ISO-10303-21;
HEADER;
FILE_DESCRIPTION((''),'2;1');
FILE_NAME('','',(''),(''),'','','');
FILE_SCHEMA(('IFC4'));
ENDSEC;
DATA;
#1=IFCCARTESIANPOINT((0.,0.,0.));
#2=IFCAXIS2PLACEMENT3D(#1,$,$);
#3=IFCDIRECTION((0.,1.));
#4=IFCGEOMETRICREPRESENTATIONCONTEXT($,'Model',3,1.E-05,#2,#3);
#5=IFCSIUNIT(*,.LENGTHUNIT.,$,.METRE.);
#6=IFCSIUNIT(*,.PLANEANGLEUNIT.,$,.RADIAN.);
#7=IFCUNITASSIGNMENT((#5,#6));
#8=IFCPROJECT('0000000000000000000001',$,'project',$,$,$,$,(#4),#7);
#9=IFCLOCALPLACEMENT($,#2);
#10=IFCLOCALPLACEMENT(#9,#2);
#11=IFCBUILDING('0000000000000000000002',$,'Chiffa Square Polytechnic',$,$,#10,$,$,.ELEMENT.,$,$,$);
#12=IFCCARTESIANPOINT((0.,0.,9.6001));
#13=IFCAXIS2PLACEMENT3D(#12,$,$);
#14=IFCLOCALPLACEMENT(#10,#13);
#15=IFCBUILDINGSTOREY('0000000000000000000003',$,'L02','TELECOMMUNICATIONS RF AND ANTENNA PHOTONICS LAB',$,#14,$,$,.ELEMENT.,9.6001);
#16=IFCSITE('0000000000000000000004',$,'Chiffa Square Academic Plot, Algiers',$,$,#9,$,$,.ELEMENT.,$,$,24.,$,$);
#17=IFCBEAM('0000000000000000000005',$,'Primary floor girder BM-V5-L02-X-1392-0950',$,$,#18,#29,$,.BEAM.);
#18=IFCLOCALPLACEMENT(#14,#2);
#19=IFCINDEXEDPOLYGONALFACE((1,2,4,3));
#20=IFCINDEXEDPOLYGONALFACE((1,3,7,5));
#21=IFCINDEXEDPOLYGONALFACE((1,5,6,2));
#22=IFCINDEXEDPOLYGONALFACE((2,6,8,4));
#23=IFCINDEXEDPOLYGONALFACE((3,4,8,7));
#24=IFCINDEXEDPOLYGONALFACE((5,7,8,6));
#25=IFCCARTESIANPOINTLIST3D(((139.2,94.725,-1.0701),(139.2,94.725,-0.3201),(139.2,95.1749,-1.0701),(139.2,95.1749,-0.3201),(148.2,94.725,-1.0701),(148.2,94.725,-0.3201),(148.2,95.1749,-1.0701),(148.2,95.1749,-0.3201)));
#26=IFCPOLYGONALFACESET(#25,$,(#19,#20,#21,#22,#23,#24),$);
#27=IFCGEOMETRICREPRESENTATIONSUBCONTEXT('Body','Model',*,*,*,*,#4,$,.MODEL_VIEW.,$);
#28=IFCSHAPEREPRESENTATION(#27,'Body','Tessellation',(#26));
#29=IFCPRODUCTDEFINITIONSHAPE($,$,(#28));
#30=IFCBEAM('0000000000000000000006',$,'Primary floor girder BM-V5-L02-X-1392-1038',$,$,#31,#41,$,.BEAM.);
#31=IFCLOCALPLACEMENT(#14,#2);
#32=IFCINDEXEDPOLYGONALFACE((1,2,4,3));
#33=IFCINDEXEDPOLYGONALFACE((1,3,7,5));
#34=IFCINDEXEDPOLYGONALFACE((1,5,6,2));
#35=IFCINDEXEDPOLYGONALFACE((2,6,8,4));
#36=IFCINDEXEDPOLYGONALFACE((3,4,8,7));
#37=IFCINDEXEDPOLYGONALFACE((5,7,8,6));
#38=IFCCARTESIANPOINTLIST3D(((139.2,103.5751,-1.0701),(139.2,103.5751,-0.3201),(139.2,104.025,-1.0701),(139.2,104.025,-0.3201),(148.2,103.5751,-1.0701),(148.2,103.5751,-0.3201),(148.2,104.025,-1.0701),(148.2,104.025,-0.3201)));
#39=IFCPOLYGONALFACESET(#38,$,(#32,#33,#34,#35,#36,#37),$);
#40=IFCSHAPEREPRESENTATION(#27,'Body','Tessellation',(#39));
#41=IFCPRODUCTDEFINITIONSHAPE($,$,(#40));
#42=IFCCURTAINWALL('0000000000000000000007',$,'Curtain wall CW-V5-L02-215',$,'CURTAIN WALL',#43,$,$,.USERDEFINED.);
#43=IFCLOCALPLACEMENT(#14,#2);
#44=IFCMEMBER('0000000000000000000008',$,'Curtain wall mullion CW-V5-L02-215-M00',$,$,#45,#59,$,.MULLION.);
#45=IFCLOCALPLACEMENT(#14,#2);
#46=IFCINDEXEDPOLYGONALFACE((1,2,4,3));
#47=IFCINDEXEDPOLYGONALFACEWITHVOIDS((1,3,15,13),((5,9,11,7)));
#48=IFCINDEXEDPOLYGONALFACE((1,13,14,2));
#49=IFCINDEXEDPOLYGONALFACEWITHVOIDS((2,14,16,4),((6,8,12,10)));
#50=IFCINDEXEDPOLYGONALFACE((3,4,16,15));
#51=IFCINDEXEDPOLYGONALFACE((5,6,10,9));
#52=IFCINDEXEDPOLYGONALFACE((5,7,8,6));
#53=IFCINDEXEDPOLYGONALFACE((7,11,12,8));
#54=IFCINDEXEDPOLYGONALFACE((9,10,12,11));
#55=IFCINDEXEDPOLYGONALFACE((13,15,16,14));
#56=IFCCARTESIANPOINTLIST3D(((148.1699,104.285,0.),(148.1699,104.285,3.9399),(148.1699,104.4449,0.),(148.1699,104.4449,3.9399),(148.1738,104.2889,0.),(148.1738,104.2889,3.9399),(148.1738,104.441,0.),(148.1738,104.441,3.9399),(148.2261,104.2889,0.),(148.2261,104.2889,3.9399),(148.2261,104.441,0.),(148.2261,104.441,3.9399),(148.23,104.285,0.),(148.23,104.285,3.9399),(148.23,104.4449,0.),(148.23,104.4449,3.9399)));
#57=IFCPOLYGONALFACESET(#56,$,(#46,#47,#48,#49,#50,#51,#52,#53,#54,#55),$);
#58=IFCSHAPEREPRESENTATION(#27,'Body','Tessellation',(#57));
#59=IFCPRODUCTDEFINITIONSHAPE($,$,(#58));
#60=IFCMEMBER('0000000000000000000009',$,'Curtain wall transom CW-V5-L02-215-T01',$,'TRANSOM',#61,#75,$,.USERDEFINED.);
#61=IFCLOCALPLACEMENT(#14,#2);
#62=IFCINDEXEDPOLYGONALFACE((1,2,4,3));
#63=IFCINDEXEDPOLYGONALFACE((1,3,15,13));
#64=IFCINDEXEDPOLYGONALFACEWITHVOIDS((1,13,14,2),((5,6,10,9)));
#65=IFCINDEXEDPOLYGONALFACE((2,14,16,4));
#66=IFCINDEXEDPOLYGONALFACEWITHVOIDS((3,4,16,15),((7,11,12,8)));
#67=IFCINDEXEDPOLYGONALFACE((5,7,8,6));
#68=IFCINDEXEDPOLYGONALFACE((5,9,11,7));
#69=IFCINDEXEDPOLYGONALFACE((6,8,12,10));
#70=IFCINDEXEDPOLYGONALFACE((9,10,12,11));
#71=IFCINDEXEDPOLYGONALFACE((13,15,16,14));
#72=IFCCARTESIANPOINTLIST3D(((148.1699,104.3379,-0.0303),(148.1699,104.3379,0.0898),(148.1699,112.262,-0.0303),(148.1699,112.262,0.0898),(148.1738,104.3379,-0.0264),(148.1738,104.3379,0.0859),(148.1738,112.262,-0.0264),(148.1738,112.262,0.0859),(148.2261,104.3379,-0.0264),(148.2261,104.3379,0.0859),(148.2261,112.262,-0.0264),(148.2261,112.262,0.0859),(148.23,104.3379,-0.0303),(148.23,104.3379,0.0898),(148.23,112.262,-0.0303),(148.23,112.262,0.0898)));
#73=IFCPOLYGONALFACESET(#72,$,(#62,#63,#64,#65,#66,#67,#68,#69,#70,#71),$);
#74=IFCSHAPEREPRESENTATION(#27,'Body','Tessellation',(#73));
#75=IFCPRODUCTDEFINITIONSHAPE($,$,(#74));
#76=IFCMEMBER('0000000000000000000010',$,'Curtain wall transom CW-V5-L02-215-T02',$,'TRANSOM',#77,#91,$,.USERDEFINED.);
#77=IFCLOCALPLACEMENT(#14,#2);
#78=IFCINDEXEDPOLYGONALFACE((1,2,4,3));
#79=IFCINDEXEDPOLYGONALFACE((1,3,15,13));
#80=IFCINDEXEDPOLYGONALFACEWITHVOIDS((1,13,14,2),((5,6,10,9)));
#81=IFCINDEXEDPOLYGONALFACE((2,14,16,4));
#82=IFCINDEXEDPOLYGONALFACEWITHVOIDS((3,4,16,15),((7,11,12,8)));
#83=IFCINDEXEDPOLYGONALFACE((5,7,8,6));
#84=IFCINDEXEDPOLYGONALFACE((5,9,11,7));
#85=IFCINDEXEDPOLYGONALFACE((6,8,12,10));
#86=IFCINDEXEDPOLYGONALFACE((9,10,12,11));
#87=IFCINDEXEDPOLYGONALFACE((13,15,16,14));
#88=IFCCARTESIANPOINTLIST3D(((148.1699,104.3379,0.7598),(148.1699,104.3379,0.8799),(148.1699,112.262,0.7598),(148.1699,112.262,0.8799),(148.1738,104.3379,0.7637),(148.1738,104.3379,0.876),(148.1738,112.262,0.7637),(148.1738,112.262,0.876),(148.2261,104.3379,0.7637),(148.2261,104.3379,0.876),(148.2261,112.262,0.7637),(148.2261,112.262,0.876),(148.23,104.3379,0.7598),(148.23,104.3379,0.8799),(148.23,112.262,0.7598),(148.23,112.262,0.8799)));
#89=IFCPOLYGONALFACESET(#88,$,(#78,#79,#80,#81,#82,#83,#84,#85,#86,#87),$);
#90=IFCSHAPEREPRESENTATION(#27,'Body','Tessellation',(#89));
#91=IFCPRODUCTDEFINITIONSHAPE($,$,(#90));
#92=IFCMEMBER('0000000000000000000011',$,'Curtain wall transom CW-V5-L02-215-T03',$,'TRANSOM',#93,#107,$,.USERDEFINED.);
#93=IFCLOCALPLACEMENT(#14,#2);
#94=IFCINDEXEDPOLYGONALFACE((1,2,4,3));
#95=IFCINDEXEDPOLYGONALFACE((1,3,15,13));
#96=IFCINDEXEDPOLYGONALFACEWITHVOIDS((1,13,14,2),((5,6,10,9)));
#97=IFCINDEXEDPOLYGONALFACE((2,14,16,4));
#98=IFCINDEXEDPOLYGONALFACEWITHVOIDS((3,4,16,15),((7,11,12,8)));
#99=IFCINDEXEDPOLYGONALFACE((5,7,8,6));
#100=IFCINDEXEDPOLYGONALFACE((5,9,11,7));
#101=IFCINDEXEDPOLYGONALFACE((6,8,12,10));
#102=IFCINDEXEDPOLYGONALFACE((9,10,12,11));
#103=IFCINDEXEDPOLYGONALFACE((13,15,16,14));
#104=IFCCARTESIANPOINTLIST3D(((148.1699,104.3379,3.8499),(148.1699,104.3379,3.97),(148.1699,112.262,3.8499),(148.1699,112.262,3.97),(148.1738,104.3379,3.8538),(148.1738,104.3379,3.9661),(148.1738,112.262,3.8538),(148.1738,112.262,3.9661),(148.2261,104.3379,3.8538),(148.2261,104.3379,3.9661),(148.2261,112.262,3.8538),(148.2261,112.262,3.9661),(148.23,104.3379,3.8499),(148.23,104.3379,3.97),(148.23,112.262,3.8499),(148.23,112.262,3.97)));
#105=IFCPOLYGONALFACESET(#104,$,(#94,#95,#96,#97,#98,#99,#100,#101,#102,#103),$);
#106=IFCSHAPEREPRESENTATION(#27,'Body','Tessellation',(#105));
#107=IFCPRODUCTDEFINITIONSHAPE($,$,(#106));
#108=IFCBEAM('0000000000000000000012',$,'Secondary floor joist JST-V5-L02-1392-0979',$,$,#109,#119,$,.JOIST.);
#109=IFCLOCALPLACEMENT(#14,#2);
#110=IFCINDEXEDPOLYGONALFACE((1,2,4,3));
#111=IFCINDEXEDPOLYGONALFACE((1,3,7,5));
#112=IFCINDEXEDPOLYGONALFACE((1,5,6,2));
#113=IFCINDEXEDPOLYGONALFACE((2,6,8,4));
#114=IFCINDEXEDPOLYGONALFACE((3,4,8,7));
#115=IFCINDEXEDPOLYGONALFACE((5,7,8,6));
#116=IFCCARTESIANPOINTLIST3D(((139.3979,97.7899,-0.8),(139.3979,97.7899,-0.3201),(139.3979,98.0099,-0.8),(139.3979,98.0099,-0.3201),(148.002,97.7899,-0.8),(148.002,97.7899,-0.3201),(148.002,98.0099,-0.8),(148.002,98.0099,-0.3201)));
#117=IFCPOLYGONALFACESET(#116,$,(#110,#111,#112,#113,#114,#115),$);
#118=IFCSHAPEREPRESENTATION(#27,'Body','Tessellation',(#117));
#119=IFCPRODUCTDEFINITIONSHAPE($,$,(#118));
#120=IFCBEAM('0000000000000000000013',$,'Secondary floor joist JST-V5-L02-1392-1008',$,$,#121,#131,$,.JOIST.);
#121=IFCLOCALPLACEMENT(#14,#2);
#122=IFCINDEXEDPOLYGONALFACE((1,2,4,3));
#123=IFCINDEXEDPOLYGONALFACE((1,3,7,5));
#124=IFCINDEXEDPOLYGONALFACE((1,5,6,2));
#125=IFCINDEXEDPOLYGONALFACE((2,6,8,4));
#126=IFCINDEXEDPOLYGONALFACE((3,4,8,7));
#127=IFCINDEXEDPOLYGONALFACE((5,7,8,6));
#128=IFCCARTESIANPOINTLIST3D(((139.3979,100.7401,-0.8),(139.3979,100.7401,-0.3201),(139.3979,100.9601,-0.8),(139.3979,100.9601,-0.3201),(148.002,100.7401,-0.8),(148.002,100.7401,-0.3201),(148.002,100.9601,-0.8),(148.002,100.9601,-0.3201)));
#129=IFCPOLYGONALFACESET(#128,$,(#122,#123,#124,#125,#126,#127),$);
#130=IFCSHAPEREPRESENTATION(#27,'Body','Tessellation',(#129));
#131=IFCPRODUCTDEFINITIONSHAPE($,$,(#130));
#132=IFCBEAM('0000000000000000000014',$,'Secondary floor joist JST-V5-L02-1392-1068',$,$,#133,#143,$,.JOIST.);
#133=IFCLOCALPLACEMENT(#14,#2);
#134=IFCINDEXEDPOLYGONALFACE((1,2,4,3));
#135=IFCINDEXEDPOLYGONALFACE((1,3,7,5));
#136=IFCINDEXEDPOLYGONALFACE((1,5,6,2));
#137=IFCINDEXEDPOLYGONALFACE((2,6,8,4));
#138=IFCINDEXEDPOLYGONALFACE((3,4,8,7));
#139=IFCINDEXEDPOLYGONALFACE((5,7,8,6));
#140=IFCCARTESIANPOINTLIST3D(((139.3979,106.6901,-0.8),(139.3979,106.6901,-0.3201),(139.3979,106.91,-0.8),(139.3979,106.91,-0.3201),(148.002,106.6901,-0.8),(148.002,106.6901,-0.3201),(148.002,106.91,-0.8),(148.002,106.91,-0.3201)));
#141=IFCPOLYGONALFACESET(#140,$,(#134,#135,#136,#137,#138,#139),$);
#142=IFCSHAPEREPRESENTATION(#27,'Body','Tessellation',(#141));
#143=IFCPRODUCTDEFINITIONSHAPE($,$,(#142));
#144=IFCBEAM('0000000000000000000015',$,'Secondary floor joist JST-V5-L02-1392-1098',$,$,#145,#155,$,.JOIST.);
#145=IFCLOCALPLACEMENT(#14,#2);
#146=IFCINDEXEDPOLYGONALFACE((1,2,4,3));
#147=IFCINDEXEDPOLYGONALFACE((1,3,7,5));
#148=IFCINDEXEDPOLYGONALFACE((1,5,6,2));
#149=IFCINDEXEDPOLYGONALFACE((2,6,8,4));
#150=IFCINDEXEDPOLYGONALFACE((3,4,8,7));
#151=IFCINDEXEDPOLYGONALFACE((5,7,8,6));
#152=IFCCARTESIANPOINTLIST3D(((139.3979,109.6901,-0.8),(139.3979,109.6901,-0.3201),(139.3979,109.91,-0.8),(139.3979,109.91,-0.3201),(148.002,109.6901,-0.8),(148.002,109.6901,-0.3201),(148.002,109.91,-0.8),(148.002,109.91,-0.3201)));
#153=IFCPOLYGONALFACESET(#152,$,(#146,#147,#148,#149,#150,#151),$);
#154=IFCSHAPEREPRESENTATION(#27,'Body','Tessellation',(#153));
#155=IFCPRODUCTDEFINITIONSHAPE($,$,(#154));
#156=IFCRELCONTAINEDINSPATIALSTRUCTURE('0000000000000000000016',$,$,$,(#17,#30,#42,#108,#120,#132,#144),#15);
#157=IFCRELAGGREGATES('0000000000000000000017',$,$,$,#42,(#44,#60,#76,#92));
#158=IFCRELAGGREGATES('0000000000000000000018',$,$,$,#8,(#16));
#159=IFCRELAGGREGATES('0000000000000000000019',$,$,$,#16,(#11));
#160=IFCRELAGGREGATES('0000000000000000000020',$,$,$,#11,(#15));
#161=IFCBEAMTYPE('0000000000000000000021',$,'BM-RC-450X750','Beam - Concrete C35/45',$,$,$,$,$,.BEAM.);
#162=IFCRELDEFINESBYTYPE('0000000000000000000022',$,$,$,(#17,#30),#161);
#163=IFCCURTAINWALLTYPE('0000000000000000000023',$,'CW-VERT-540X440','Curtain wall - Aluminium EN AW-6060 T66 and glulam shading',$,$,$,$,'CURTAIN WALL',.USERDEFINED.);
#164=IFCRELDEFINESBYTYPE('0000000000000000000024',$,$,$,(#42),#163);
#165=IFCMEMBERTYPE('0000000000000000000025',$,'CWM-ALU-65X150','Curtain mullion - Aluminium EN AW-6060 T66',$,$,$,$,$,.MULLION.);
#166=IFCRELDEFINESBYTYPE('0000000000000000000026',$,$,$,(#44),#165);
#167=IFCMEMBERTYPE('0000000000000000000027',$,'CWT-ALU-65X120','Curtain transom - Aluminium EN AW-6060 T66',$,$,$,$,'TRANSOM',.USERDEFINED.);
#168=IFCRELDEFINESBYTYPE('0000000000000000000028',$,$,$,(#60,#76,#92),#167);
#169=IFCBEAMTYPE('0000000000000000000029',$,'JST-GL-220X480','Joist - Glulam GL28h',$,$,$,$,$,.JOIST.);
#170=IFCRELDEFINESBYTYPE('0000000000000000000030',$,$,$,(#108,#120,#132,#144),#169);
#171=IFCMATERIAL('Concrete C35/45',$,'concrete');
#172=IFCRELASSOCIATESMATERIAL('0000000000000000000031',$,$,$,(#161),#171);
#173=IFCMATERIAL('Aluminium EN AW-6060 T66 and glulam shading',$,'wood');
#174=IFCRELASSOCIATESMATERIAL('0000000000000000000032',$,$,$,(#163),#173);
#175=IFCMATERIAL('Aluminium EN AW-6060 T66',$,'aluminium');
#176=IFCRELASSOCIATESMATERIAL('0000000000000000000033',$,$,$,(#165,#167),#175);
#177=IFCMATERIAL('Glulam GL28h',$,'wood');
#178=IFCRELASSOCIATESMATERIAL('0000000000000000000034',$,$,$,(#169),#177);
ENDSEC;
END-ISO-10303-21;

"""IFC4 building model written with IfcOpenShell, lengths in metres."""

from ifc_helpers import new_model, si_unit, direction, frame, origin, origin_2d, place, context, subcontext, project, spatial, rectangle, hollow_rectangle, extrude, material, material_profile, profile_set, type_object, element, aggregate, save


model = new_model("IFC4")

# Units and contexts
model_context = context("Model", 3, precision=1e-05, world=origin(), true_north=direction((0.0, 1.0)))
body_context = subcontext(model_context, "Body", "Model", "MODEL_VIEW")
ifc_project = project(units=[si_unit("LENGTHUNIT", "METRE"), si_unit("PLANEANGLEUNIT", "RADIAN")], contexts=[model_context])

# Site, building, storey
site_placement = place(None, origin())
site = spatial("IfcSite", under=ifc_project, at=site_placement, Name="Chiffa Square Academic Plot, Algiers", CompositionType="ELEMENT", RefElevation=24.0)
building_placement = place(site_placement, origin())
building = spatial("IfcBuilding", under=site, at=building_placement, Name="Chiffa Square Polytechnic", CompositionType="ELEMENT")
storey_placement = place(building_placement, frame((0.0, 0.0, 9.6001)))
storey = spatial("IfcBuildingStorey", under=building, at=storey_placement, Name="L02", Description="TELECOMMUNICATIONS RF AND ANTENNA PHOTONICS LAB", CompositionType="ELEMENT", Elevation=9.6001)

# Shared definitions
ifc_material_1 = material(Name="Concrete C35/45", Category="concrete")

# Beams
ifc_material_profile_1 = material_profile(ifc_material_1, rectangle(XDim=0.45, YDim=0.75, at=origin_2d()), Name="RC 450x750")
ifc_profile_set_1 = profile_set([ifc_material_profile_1], Name="Concrete C35/45")
beam_type_1 = type_object("IfcBeamType", Name="BM-RC-450X750", Description="Beam - Concrete C35/45", PredefinedType="BEAM", material=ifc_profile_set_1)
for number, where, z_axis, x_axis, name in (
    (1, (139.2, 94.95, -0.6951), (1.0, 0.0, 0.0), (0.0, 1.0, 0.0), "Primary floor girder BM-V5-L02-X-1392-0950"),
    (2, (139.2, 103.8, -0.6951), (1.0, 0.0, 0.0), (0.0, 1.0, 0.0), "Primary floor girder BM-V5-L02-X-1392-1038"),
):
    element("IfcBeam", number, at=place(storey_placement, frame(where, z_axis=z_axis, x_axis=x_axis)), inside=storey, type_object=beam_type_1, Name=name, PredefinedType="BEAM", context=body_context, shape_type="SweptSolid", body=[
        extrude(rectangle(XDim=0.45, YDim=0.75, at=origin_2d()), origin(), (0.0, 0.0, 1.0), 9.0),
    ])

# Curtain wall, members
ifc_material_2 = material(Name="Aluminium EN AW-6060 T66 and glulam shading", Category="wood")
curtain_wall_type = type_object("IfcCurtainWallType", Name="CW-VERT-540X440", Description="Curtain wall - Aluminium EN AW-6060 T66 and glulam shading", ElementType="CURTAIN WALL", PredefinedType="USERDEFINED", material=ifc_material_2)
curtain_wall_placement = place(storey_placement, origin())
curtain_wall = element("IfcCurtainWall", 3, at=curtain_wall_placement, inside=storey, type_object=curtain_wall_type, Name="Curtain wall CW-V5-L02-215", ObjectType="CURTAIN WALL", PredefinedType="USERDEFINED")
ifc_material_3 = material(Name="Aluminium EN AW-6060 T66", Category="aluminium")
ifc_material_profile_2 = material_profile(ifc_material_3, hollow_rectangle(XDim=0.0601, YDim=0.1599, WallThickness=0.0039, at=origin_2d()), Name="ALU 60x160x4")
ifc_profile_set_2 = profile_set([ifc_material_profile_2], Name="Aluminium EN AW-6060 T66")
member_type_1 = type_object("IfcMemberType", Name="CWM-ALU-65X150", Description="Curtain mullion - Aluminium EN AW-6060 T66", PredefinedType="MULLION", material=ifc_profile_set_2)
member_1_placement = place(storey_placement, frame((148.2, 104.365, 0.0), z_axis=(0.0, 0.0, 1.0), x_axis=(1.0, 0.0, 0.0)))
member_1 = element("IfcMember", 4, at=member_1_placement, type_object=member_type_1, Name="Curtain wall mullion CW-V5-L02-215-M00", PredefinedType="MULLION", context=body_context, shape_type="SweptSolid", body=[
    extrude(hollow_rectangle(XDim=0.0601, YDim=0.1599, WallThickness=0.0039, at=origin_2d()), origin(), (0.0, 0.0, 1.0), 3.9399),
])
ifc_material_profile_3 = material_profile(ifc_material_3, hollow_rectangle(XDim=0.0601, YDim=0.1201, WallThickness=0.0039, at=origin_2d()), Name="ALU 60x120x4")
ifc_profile_set_3 = profile_set([ifc_material_profile_3], Name="Aluminium EN AW-6060 T66")
member_type_2 = type_object("IfcMemberType", Name="CWT-ALU-65X120", Description="Curtain transom - Aluminium EN AW-6060 T66", ElementType="TRANSOM", PredefinedType="USERDEFINED", material=ifc_profile_set_3)
member_2_placement = place(storey_placement, frame((148.2, 104.3379, 0.0298), z_axis=(0.0, 1.0, 0.0), x_axis=(-1.0, 0.0, 0.0)))
member_2 = element("IfcMember", 5, at=member_2_placement, type_object=member_type_2, Name="Curtain wall transom CW-V5-L02-215-T01", ObjectType="TRANSOM", PredefinedType="USERDEFINED", context=body_context, shape_type="SweptSolid", body=[
    extrude(hollow_rectangle(XDim=0.0601, YDim=0.1201, WallThickness=0.0039, at=origin_2d()), origin(), (0.0, 0.0, 1.0), 7.9241),
])
member_3_placement = place(storey_placement, frame((148.2, 104.3379, 0.8198), z_axis=(0.0, 1.0, 0.0), x_axis=(-1.0, 0.0, 0.0)))
member_3 = element("IfcMember", 6, at=member_3_placement, type_object=member_type_2, Name="Curtain wall transom CW-V5-L02-215-T02", ObjectType="TRANSOM", PredefinedType="USERDEFINED", context=body_context, shape_type="SweptSolid", body=[
    extrude(hollow_rectangle(XDim=0.0601, YDim=0.1201, WallThickness=0.0039, at=origin_2d()), origin(), (0.0, 0.0, 1.0), 7.9241),
])
member_4_placement = place(storey_placement, frame((148.2, 104.3379, 3.9099), z_axis=(0.0, 1.0, 0.0), x_axis=(-1.0, 0.0, 0.0)))
member_4 = element("IfcMember", 7, at=member_4_placement, type_object=member_type_2, Name="Curtain wall transom CW-V5-L02-215-T03", ObjectType="TRANSOM", PredefinedType="USERDEFINED", context=body_context, shape_type="SweptSolid", body=[
    extrude(hollow_rectangle(XDim=0.0601, YDim=0.1201, WallThickness=0.0039, at=origin_2d()), origin(), (0.0, 0.0, 1.0), 7.9241),
])
aggregate(curtain_wall, [member_1, member_2, member_3, member_4])

# Beams
ifc_material_4 = material(Name="Glulam GL28h", Category="wood")
ifc_material_profile_4 = material_profile(ifc_material_4, rectangle(XDim=0.22, YDim=0.48, at=origin_2d()), Name="GL28h 220x480")
ifc_profile_set_4 = profile_set([ifc_material_profile_4], Name="Glulam GL28h")
beam_type_2 = type_object("IfcBeamType", Name="JST-GL-220X480", Description="Joist - Glulam GL28h", PredefinedType="JOIST", material=ifc_profile_set_4)
for number, where, z_axis, x_axis, name in (
    (8, (139.3979, 97.8999, -0.5601), (1.0, 0.0, 0.0), (0.0, 1.0, 0.0), "Secondary floor joist JST-V5-L02-1392-0979"),
    (9, (139.3979, 100.8501, -0.5601), (1.0, 0.0, 0.0), (0.0, 1.0, 0.0), "Secondary floor joist JST-V5-L02-1392-1008"),
    (10, (139.3979, 106.8, -0.5601), (1.0, 0.0, 0.0), (0.0, 1.0, 0.0), "Secondary floor joist JST-V5-L02-1392-1068"),
    (11, (139.3979, 109.8, -0.5601), (1.0, 0.0, 0.0), (0.0, 1.0, 0.0), "Secondary floor joist JST-V5-L02-1392-1098"),
):
    element("IfcBeam", number, at=place(storey_placement, frame(where, z_axis=z_axis, x_axis=x_axis)), inside=storey, type_object=beam_type_2, Name=name, PredefinedType="JOIST", context=body_context, shape_type="SweptSolid", body=[
        extrude(rectangle(XDim=0.22, YDim=0.48, at=origin_2d()), origin(), (0.0, 0.0, 1.0), 8.604),
    ])

save(model, "model.ifc")
